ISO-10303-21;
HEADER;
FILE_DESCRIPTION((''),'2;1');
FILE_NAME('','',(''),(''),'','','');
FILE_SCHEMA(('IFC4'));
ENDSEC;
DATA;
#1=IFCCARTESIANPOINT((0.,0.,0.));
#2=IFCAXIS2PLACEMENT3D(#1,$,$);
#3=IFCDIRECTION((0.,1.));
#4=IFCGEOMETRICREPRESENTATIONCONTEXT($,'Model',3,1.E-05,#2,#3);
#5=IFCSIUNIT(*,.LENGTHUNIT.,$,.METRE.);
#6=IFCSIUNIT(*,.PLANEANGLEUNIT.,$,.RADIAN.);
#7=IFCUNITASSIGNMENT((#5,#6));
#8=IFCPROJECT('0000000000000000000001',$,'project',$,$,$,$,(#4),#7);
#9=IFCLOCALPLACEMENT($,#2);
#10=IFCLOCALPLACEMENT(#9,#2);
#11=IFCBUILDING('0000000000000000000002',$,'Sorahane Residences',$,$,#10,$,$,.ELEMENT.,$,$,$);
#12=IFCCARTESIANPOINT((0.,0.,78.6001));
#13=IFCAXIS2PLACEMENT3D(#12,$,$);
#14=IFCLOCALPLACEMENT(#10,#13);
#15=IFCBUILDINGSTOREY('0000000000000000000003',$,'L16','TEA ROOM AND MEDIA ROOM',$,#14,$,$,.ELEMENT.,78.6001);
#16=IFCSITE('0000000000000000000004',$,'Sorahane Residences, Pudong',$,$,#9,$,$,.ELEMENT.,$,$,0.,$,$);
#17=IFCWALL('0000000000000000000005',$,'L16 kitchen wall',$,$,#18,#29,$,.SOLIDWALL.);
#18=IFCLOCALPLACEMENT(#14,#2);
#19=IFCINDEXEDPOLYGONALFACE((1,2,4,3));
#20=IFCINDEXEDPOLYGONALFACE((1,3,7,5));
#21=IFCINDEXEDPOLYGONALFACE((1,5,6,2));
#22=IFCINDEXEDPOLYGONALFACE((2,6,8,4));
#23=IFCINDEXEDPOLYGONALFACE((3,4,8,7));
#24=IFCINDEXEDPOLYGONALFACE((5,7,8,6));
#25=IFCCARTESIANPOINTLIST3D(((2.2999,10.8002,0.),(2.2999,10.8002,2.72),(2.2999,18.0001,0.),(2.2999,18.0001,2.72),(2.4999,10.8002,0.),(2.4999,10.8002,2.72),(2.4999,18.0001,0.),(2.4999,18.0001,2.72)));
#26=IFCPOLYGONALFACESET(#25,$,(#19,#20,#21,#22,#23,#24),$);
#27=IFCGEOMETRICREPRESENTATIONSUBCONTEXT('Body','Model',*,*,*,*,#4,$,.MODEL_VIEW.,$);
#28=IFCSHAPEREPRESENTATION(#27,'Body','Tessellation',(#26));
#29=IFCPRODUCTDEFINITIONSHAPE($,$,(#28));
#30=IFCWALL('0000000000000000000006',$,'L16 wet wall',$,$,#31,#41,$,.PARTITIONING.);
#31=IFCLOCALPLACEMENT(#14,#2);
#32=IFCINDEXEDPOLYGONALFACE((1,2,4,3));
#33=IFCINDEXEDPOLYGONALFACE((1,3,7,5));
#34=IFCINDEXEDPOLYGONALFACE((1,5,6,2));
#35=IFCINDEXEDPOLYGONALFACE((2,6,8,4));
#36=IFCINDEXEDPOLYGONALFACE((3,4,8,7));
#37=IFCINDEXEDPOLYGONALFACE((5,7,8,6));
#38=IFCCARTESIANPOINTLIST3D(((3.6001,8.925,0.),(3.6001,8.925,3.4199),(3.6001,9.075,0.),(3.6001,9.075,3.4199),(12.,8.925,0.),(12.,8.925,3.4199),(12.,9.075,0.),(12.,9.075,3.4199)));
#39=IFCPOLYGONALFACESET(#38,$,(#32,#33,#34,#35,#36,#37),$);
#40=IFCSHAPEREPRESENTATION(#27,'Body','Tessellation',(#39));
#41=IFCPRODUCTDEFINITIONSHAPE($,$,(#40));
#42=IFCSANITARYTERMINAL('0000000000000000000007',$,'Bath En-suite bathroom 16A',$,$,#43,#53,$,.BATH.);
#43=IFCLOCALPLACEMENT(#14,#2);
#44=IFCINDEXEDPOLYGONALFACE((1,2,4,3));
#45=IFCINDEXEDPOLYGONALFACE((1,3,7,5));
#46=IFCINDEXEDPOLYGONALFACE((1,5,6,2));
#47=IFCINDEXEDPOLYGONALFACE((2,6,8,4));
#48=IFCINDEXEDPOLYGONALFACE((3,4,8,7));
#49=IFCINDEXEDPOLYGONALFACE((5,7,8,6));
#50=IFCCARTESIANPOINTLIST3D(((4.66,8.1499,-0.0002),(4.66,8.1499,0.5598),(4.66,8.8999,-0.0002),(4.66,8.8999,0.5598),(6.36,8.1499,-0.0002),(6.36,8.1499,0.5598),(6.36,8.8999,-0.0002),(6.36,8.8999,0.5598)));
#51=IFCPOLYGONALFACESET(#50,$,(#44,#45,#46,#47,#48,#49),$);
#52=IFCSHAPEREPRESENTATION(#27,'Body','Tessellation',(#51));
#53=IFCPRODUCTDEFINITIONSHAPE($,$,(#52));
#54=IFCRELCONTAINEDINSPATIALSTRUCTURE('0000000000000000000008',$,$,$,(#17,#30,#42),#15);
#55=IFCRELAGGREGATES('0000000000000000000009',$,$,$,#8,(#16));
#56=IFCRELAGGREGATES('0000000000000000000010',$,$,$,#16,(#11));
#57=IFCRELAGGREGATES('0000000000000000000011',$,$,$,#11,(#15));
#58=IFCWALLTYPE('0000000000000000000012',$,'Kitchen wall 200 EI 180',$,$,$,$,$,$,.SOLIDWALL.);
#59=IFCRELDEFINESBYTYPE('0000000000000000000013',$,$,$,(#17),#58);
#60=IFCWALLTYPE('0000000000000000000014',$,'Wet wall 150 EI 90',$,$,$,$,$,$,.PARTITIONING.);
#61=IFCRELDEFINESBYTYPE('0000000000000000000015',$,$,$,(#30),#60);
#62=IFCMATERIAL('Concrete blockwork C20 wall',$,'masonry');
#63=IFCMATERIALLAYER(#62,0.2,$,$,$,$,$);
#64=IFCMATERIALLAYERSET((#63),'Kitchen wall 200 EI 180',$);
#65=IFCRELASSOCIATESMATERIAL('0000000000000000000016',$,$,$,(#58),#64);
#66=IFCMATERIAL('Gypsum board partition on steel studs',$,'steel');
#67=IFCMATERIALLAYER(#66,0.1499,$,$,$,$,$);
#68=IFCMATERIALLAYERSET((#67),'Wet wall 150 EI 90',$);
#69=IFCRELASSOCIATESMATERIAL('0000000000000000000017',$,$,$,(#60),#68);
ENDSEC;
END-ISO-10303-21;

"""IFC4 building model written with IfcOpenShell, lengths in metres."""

from ifc_helpers import new_model, si_unit, direction, frame, frame_2d, origin, origin_2d, place, context, subcontext, project, spatial, rectangle, extrude, material, layer, layer_set, type_object, element, save


model = new_model("IFC4")

# Units and contexts
model_context = context("Model", 3, precision=1e-05, world=origin(), true_north=direction((0.0, 1.0)))
body_context = subcontext(model_context, "Body", "Model", "MODEL_VIEW")
ifc_project = project(units=[si_unit("LENGTHUNIT", "METRE"), si_unit("PLANEANGLEUNIT", "RADIAN")], contexts=[model_context])

# Site, building, storey
site_placement = place(None, origin())
site = spatial("IfcSite", under=ifc_project, at=site_placement, Name="Sorahane Residences, Pudong", CompositionType="ELEMENT", RefElevation=0.0)
building_placement = place(site_placement, origin())
building = spatial("IfcBuilding", under=site, at=building_placement, Name="Sorahane Residences", CompositionType="ELEMENT")
storey_placement = place(building_placement, frame((0.0, 0.0, 78.6001)))
storey = spatial("IfcBuildingStorey", under=building, at=storey_placement, Name="L16", Description="TEA ROOM AND MEDIA ROOM", CompositionType="ELEMENT", Elevation=78.6001)

# Wall
ifc_material_1 = material(Name="Concrete blockwork C20 wall", Category="masonry")
ifc_layer_1 = layer(ifc_material_1, 0.2)
ifc_layer_set_1 = layer_set([ifc_layer_1], Name="Kitchen wall 200 EI 180")
wall_type_1 = type_object("IfcWallType", Name="Kitchen wall 200 EI 180", PredefinedType="SOLIDWALL", material=ifc_layer_set_1)
wall_1_placement = place(storey_placement, frame((2.3999, 10.8, 0.0), z_axis=(0.0, 0.0, 1.0), x_axis=(0.0, 1.0, 0.0)))
element("IfcWall", 1, at=wall_1_placement, inside=storey, type_object=wall_type_1, Name="L16 kitchen wall", PredefinedType="SOLIDWALL", context=body_context, shape_type="SweptSolid", body=[
    extrude(rectangle(XDim=7.2, YDim=0.2, at=frame_2d((3.6001, 0.0))), origin(), (0.0, 0.0, 1.0), 2.72),
])

# Shared definitions
ifc_material_2 = material(Name="Gypsum board partition on steel studs", Category="steel")
ifc_layer_2 = layer(ifc_material_2, 0.1499)
ifc_layer_set_2 = layer_set([ifc_layer_2], Name="Wet wall 150 EI 90")
wall_type_2 = type_object("IfcWallType", Name="Wet wall 150 EI 90", PredefinedType="PARTITIONING", material=ifc_layer_set_2)

# Wall
wall_2_placement = place(storey_placement, frame((3.6001, 9.0, 0.0), z_axis=(0.0, 0.0, 1.0), x_axis=(1.0, 0.0, 0.0)))
element("IfcWall", 2, at=wall_2_placement, inside=storey, type_object=wall_type_2, Name="L16 wet wall", PredefinedType="PARTITIONING", context=body_context, shape_type="SweptSolid", body=[
    extrude(rectangle(XDim=8.3999, YDim=0.1499, at=frame_2d((4.2, 0.0))), origin(), (0.0, 0.0, 1.0), 3.4199),
])

# Sanitary terminal
sanitary_terminal_placement = place(storey_placement, frame((5.51, 8.5249, -0.0002), z_axis=(0.0, 0.0, 1.0), x_axis=(1.0, 0.0, 0.0)))
element("IfcSanitaryTerminal", 3, at=sanitary_terminal_placement, inside=storey, Name="Bath En-suite bathroom 16A", PredefinedType="BATH", context=body_context, shape_type="SweptSolid", body=[
    extrude(rectangle(XDim=1.7, YDim=0.75, at=origin_2d()), origin(), (0.0, 0.0, 1.0), 0.5601),
])

save(model, "model.ifc")
